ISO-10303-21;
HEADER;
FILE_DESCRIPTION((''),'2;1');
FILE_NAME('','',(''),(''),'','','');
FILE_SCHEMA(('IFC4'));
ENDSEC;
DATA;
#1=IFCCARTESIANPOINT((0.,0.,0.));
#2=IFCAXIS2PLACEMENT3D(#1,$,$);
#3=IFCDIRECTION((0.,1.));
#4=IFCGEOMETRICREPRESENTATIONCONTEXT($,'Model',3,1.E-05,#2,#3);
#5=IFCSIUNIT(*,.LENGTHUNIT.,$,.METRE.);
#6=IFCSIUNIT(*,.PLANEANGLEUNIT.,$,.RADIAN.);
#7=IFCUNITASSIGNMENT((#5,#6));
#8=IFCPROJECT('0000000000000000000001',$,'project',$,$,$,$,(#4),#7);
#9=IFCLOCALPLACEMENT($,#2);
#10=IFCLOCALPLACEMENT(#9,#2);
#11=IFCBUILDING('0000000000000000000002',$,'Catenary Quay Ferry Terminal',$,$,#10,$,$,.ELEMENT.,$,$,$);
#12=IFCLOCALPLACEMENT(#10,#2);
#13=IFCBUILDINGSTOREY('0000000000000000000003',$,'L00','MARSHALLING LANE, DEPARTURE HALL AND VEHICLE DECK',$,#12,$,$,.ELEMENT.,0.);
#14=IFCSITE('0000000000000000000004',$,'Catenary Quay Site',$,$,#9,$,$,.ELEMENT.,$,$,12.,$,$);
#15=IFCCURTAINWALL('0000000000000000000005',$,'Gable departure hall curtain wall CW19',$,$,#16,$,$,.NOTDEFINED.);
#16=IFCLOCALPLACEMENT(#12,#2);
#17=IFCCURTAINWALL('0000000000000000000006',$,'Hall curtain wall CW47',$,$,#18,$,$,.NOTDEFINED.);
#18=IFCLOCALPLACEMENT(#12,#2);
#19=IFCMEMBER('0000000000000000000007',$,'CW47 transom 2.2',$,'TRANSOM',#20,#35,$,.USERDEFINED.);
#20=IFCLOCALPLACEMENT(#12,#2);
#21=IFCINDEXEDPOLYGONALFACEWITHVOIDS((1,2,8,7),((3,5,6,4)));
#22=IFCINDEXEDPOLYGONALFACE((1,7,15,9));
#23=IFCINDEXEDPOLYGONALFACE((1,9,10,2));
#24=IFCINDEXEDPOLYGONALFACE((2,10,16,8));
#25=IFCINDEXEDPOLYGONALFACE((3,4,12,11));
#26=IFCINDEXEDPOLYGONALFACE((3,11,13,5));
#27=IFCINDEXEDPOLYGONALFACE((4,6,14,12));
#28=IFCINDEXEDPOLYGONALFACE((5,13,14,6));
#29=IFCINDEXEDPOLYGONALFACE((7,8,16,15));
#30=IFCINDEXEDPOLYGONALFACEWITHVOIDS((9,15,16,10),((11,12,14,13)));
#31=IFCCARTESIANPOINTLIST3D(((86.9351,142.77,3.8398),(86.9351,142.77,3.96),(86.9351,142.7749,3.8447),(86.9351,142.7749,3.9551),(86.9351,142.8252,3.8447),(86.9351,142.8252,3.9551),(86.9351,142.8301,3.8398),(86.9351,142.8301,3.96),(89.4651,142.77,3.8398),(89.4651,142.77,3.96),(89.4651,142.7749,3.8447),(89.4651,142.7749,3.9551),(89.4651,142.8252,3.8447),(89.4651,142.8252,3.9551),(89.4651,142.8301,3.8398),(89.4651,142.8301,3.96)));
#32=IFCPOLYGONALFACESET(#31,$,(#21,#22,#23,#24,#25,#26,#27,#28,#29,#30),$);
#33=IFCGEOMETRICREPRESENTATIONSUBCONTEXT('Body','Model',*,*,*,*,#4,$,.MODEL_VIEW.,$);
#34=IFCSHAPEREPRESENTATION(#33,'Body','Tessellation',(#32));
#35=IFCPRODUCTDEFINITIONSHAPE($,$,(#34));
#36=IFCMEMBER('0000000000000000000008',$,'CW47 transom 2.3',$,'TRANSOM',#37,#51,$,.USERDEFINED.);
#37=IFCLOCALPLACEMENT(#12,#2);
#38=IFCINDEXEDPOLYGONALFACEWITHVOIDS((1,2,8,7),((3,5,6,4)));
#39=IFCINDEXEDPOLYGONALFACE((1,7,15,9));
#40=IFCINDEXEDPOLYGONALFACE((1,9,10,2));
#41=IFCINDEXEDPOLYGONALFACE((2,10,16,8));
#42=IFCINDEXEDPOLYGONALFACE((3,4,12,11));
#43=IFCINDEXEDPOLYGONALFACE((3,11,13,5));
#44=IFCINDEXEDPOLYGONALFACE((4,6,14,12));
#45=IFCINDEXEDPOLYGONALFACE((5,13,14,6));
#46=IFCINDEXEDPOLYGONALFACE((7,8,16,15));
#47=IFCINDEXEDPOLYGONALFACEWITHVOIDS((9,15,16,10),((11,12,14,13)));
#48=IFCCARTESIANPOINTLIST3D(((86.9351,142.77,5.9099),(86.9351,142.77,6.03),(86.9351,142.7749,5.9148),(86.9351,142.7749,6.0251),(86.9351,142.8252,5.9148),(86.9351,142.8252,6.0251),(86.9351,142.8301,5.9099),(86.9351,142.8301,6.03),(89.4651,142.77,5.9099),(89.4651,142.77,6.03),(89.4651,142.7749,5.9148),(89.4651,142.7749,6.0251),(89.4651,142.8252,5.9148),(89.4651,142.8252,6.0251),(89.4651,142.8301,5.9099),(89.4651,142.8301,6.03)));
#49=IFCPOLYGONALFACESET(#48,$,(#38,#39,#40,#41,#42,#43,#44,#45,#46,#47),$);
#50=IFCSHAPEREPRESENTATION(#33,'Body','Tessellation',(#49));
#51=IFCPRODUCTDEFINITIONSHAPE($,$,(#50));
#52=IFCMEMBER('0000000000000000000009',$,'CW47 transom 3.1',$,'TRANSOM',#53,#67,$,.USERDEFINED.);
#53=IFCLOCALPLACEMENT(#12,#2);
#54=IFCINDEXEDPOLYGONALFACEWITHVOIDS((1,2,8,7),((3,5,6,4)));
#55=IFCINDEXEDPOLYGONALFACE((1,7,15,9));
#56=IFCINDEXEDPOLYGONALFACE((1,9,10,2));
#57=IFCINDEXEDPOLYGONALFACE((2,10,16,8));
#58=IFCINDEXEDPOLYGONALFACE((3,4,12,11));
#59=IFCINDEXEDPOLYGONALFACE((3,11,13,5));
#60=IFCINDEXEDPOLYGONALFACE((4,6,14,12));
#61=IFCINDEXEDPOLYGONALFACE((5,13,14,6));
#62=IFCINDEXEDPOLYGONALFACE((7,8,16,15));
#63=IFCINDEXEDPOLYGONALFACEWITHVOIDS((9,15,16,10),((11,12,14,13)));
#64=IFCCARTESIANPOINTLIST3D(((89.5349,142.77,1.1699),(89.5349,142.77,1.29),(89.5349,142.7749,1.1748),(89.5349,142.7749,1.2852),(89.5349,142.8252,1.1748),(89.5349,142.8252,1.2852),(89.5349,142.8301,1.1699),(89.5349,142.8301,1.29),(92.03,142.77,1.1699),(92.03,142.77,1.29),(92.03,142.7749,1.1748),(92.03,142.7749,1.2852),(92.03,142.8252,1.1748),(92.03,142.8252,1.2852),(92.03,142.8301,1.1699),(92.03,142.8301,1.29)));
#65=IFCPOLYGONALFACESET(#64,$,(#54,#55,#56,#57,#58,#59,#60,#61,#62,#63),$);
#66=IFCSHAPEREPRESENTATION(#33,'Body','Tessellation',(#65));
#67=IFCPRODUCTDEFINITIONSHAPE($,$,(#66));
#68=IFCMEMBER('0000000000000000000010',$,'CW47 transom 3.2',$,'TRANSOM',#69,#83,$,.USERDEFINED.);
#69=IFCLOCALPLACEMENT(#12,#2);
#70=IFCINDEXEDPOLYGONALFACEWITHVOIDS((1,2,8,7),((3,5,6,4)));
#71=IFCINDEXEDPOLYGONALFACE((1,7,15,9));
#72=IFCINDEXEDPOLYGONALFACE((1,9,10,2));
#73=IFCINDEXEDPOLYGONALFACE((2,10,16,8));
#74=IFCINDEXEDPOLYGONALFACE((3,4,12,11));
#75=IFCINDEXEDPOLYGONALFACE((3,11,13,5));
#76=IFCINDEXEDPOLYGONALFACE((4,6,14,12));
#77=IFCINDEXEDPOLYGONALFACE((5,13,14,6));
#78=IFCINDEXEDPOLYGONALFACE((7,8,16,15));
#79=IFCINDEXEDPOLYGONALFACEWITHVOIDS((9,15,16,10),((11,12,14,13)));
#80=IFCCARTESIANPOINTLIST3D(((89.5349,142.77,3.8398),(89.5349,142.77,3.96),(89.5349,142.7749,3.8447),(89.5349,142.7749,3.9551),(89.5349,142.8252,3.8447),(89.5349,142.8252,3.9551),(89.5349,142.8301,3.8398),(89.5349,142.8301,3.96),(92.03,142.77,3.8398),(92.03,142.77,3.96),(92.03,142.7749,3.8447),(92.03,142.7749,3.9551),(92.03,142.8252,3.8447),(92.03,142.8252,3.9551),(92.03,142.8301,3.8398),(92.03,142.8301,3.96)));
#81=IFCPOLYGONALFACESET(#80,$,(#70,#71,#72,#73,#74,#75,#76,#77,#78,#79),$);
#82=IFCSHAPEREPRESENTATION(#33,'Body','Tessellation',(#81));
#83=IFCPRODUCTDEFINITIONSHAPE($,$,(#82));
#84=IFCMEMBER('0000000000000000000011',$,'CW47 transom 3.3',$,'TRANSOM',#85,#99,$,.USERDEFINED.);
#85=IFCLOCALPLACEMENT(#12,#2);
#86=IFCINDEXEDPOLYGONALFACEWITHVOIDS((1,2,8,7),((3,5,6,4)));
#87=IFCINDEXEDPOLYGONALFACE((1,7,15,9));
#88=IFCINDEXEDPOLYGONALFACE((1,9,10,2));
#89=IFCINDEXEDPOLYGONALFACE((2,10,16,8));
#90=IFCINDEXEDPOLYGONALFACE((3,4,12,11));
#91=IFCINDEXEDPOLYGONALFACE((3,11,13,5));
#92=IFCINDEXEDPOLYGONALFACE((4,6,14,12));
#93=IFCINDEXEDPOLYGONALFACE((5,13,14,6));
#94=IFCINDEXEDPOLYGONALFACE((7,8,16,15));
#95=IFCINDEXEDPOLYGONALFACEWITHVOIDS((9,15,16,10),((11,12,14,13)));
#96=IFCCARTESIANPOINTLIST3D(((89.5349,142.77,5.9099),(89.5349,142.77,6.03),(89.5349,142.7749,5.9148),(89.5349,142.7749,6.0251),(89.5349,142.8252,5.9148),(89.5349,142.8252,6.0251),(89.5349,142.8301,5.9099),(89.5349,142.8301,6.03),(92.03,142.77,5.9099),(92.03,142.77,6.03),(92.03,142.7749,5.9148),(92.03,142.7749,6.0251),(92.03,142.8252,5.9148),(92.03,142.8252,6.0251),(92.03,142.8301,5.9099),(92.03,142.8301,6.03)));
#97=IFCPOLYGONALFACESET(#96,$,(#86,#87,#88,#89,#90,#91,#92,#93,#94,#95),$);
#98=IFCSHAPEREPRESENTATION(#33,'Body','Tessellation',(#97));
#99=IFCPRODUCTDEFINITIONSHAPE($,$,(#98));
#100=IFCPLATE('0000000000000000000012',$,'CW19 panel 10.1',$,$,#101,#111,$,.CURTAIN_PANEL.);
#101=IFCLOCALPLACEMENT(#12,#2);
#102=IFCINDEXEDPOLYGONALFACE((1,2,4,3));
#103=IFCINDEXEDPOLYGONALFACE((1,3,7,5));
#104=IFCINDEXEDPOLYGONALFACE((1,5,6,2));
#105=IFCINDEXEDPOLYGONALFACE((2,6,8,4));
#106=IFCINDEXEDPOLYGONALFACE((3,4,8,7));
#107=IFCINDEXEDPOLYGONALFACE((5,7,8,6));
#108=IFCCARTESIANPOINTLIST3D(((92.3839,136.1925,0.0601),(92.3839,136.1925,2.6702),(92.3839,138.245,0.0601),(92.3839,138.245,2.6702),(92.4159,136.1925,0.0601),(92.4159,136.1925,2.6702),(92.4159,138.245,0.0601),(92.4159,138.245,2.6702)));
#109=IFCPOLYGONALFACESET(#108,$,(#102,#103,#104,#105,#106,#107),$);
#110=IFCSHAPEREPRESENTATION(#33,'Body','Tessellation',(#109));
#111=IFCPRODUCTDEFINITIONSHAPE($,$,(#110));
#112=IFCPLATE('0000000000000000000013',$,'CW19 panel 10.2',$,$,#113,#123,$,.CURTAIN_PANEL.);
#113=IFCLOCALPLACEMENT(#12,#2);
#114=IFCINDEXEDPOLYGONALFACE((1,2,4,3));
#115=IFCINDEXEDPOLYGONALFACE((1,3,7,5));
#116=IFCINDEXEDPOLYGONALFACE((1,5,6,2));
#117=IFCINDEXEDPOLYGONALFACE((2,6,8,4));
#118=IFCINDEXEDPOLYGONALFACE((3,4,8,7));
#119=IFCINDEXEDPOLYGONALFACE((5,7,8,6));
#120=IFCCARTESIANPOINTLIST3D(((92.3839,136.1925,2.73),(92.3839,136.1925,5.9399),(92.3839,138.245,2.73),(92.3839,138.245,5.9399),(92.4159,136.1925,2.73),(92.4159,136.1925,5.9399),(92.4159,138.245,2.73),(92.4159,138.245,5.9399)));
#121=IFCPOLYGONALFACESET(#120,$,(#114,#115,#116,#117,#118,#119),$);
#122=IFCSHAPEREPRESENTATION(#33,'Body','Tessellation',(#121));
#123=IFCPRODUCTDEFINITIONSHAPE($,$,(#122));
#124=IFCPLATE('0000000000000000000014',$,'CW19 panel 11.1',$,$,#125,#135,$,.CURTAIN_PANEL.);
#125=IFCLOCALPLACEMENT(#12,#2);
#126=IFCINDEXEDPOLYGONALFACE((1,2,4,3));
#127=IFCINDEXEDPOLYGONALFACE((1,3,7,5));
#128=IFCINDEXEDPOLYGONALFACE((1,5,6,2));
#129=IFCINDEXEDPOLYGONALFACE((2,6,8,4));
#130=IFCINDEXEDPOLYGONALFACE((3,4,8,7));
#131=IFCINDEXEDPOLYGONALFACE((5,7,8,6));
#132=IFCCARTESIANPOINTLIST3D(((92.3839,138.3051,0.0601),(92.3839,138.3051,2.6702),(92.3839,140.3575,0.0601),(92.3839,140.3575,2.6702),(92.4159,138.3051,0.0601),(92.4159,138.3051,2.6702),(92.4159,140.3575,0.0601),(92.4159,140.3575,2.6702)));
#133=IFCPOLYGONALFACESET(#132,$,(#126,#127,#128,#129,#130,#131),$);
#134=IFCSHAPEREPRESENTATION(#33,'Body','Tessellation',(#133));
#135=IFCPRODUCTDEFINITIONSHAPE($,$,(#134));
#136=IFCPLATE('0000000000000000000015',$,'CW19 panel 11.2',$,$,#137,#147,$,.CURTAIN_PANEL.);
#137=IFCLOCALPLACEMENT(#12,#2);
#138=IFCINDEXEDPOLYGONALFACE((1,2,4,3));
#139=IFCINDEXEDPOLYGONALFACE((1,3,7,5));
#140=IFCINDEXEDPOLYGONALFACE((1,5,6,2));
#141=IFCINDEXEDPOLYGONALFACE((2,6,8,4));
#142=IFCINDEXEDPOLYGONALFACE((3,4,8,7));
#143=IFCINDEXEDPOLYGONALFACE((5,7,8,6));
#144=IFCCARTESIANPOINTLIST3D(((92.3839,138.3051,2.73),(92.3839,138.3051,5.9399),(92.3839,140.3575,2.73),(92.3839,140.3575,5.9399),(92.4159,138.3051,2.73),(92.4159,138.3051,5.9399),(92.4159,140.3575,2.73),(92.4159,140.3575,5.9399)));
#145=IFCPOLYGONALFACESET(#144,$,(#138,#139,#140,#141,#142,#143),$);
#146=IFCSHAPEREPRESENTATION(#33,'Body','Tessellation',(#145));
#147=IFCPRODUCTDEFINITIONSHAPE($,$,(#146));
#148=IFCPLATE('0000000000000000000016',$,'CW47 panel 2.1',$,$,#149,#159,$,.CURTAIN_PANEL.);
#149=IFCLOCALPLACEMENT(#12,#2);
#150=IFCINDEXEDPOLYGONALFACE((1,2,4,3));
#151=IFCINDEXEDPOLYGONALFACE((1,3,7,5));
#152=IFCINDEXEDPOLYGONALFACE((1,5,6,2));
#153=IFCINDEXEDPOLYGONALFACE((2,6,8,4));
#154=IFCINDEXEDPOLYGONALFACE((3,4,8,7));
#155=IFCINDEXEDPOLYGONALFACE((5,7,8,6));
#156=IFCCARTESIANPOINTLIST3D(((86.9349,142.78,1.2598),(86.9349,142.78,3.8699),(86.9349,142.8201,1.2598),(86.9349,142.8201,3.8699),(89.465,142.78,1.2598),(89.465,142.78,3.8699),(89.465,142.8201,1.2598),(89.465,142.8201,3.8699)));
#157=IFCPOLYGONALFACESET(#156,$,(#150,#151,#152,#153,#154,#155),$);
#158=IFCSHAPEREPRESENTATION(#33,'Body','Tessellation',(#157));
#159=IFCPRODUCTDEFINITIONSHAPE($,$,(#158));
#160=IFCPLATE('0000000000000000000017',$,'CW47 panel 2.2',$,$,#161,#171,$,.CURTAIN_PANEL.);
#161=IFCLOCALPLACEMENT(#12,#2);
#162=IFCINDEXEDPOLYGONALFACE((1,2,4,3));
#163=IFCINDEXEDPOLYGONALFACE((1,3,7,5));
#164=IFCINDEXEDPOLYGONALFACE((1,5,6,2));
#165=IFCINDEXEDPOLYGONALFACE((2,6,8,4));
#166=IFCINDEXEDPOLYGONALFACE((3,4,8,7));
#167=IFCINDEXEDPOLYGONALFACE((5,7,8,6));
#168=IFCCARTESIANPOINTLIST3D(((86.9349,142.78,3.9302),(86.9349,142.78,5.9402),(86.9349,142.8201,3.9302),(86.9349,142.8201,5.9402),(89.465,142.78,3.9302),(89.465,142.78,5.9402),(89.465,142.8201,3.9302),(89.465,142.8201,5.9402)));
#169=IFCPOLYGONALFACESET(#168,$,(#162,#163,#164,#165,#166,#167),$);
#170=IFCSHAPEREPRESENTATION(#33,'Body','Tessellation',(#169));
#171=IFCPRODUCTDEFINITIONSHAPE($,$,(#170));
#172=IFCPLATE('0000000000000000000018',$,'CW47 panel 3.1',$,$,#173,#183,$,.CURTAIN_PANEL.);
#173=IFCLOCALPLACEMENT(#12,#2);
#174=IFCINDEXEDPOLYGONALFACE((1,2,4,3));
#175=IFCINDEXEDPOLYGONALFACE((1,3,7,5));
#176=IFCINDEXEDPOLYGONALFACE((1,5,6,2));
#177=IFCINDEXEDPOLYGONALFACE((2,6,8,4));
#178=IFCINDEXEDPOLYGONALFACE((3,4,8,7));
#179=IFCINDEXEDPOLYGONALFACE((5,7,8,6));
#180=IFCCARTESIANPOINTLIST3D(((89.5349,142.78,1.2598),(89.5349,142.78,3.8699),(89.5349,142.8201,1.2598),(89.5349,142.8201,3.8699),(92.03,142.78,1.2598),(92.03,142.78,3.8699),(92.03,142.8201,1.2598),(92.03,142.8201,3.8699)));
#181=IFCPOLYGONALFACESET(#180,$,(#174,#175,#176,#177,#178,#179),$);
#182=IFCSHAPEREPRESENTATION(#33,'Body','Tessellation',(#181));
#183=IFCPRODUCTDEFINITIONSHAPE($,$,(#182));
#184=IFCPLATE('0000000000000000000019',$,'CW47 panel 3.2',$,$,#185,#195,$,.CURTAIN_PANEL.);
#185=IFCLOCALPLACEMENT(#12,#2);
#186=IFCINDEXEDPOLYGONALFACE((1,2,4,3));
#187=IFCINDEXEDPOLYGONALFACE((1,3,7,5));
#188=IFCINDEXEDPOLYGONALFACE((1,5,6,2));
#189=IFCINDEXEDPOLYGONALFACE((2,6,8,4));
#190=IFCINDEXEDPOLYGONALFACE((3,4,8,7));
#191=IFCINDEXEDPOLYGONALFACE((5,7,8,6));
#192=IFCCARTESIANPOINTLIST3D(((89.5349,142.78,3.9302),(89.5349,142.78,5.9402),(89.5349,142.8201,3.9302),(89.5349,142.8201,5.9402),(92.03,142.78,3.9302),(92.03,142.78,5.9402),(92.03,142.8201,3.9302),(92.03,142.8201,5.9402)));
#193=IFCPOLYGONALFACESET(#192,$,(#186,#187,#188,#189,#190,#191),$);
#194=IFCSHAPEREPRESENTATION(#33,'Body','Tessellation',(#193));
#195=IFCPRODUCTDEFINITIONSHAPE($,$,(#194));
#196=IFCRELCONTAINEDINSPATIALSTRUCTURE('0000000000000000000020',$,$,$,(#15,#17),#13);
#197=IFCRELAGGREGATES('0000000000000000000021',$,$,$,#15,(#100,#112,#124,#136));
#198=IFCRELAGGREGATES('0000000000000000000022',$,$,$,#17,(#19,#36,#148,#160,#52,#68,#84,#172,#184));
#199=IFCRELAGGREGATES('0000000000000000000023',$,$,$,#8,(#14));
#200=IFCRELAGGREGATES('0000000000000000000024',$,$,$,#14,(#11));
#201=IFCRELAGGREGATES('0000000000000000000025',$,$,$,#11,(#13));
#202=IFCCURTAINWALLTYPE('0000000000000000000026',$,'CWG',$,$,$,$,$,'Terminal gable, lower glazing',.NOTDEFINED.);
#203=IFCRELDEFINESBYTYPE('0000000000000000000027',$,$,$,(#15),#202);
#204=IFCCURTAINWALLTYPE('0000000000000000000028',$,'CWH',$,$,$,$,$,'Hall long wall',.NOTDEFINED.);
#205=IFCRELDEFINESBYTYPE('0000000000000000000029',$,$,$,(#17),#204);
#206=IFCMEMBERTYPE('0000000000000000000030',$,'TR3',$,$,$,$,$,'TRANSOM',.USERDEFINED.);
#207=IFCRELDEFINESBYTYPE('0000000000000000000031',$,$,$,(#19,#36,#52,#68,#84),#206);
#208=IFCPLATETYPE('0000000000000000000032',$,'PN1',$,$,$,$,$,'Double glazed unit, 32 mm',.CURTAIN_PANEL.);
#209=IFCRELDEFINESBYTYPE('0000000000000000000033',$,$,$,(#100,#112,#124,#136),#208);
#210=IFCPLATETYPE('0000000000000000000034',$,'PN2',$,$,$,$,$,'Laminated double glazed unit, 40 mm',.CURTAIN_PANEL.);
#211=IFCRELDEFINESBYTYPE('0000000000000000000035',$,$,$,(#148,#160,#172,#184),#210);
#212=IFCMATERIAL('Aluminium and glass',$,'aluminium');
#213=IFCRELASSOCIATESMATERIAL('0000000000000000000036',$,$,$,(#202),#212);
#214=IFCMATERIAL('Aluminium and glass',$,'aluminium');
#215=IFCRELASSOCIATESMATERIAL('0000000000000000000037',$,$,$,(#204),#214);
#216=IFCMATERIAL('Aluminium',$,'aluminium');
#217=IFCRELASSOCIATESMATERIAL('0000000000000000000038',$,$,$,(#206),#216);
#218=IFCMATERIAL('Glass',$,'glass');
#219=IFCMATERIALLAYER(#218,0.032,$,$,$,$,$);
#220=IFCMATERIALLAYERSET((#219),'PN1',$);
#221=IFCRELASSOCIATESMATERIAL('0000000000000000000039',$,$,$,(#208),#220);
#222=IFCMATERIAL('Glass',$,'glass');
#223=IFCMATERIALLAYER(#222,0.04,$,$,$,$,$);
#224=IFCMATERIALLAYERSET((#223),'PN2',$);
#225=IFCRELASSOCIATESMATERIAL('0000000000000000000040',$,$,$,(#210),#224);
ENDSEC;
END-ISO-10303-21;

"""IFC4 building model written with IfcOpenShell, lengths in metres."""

from ifc_helpers import new_model, si_unit, direction, frame, origin, origin_2d, place, context, subcontext, project, spatial, rectangle, hollow_rectangle, extrude, material, layer, layer_set, material_profile, profile_set, type_object, element, aggregate, save


model = new_model("IFC4")

# Units and contexts
model_context = context("Model", 3, precision=1e-05, world=origin(), true_north=direction((0.0, 1.0)))
body_context = subcontext(model_context, "Body", "Model", "MODEL_VIEW")
ifc_project = project(units=[si_unit("LENGTHUNIT", "METRE"), si_unit("PLANEANGLEUNIT", "RADIAN")], contexts=[model_context])

# Site, building, storey
site_placement = place(None, origin())
site = spatial("IfcSite", under=ifc_project, at=site_placement, Name="Catenary Quay Site", CompositionType="ELEMENT", RefElevation=12.0)
building_placement = place(site_placement, origin())
building = spatial("IfcBuilding", under=site, at=building_placement, Name="Catenary Quay Ferry Terminal", CompositionType="ELEMENT")
storey_placement = place(building_placement, origin())
storey = spatial("IfcBuildingStorey", under=building, at=storey_placement, Name="L00", Description="MARSHALLING LANE, DEPARTURE HALL AND VEHICLE DECK", CompositionType="ELEMENT", Elevation=0.0)

# Curtain walls
ifc_material_1 = material(Name="Aluminium and glass", Category="aluminium")
curtain_wall_type_1 = type_object("IfcCurtainWallType", Name="CWG", ElementType="Terminal gable, lower glazing", PredefinedType="NOTDEFINED", material=ifc_material_1)
curtain_wall_1_placement = place(storey_placement, origin())
curtain_wall_1 = element("IfcCurtainWall", 1, at=curtain_wall_1_placement, inside=storey, type_object=curtain_wall_type_1, Name="Gable departure hall curtain wall CW19", PredefinedType="NOTDEFINED")
ifc_material_2 = material(Name="Aluminium and glass", Category="aluminium")
curtain_wall_type_2 = type_object("IfcCurtainWallType", Name="CWH", ElementType="Hall long wall", PredefinedType="NOTDEFINED", material=ifc_material_2)
curtain_wall_2_placement = place(storey_placement, origin())
curtain_wall_2 = element("IfcCurtainWall", 2, at=curtain_wall_2_placement, inside=storey, type_object=curtain_wall_type_2, Name="Hall curtain wall CW47", PredefinedType="NOTDEFINED")

# Members
ifc_material_3 = material(Name="Aluminium", Category="aluminium")
ifc_material_profile_1 = material_profile(ifc_material_3, hollow_rectangle(XDim=0.0601, YDim=0.1201, WallThickness=0.0049, at=origin_2d()), Name="TR3")
ifc_profile_set_1 = profile_set([ifc_material_profile_1], Name="Aluminium")
member_type_1 = type_object("IfcMemberType", Name="TR3", ElementType="TRANSOM", PredefinedType="USERDEFINED", material=ifc_profile_set_1)
member_1_placement = place(storey_placement, frame((86.9351, 142.8, 3.8999), z_axis=(1.0, 0.0, 0.0), x_axis=(0.0, 1.0, 0.0)))
member_1 = element("IfcMember", 3, at=member_1_placement, type_object=member_type_1, Name="CW47 transom 2.2", ObjectType="TRANSOM", PredefinedType="USERDEFINED", context=body_context, shape_type="SweptSolid", body=[
    extrude(hollow_rectangle(XDim=0.0601, YDim=0.1201, WallThickness=0.0049, at=origin_2d()), origin(), (0.0, 0.0, 1.0), 2.53),
])
member_2_placement = place(storey_placement, frame((86.9351, 142.8, 5.97), z_axis=(1.0, 0.0, 0.0), x_axis=(0.0, 1.0, 0.0)))
member_2 = element("IfcMember", 4, at=member_2_placement, type_object=member_type_1, Name="CW47 transom 2.3", ObjectType="TRANSOM", PredefinedType="USERDEFINED", context=body_context, shape_type="SweptSolid", body=[
    extrude(hollow_rectangle(XDim=0.0601, YDim=0.1201, WallThickness=0.0049, at=origin_2d()), origin(), (0.0, 0.0, 1.0), 2.53),
])
member_3_placement = place(storey_placement, frame((89.5349, 142.8, 1.23), z_axis=(1.0, 0.0, 0.0), x_axis=(0.0, 1.0, 0.0)))
member_3 = element("IfcMember", 5, at=member_3_placement, type_object=member_type_1, Name="CW47 transom 3.1", ObjectType="TRANSOM", PredefinedType="USERDEFINED", context=body_context, shape_type="SweptSolid", body=[
    extrude(hollow_rectangle(XDim=0.0601, YDim=0.1201, WallThickness=0.0049, at=origin_2d()), origin(), (0.0, 0.0, 1.0), 2.4951),
])
member_4_placement = place(storey_placement, frame((89.5349, 142.8, 3.8999), z_axis=(1.0, 0.0, 0.0), x_axis=(0.0, 1.0, 0.0)))
member_4 = element("IfcMember", 6, at=member_4_placement, type_object=member_type_1, Name="CW47 transom 3.2", ObjectType="TRANSOM", PredefinedType="USERDEFINED", context=body_context, shape_type="SweptSolid", body=[
    extrude(hollow_rectangle(XDim=0.0601, YDim=0.1201, WallThickness=0.0049, at=origin_2d()), origin(), (0.0, 0.0, 1.0), 2.4951),
])
member_5_placement = place(storey_placement, frame((89.5349, 142.8, 5.97), z_axis=(1.0, 0.0, 0.0), x_axis=(0.0, 1.0, 0.0)))
member_5 = element("IfcMember", 7, at=member_5_placement, type_object=member_type_1, Name="CW47 transom 3.3", ObjectType="TRANSOM", PredefinedType="USERDEFINED", context=body_context, shape_type="SweptSolid", body=[
    extrude(hollow_rectangle(XDim=0.0601, YDim=0.1201, WallThickness=0.0049, at=origin_2d()), origin(), (0.0, 0.0, 1.0), 2.4951),
])

# Plates
ifc_material_4 = material(Name="Glass", Category="glass")
ifc_layer_1 = layer(ifc_material_4, 0.032)
ifc_layer_set_1 = layer_set([ifc_layer_1], Name="PN1")
plate_type_1 = type_object("IfcPlateType", Name="PN1", ElementType="Double glazed unit, 32 mm", PredefinedType="CURTAIN_PANEL", material=ifc_layer_set_1)
plate_1_placement = place(storey_placement, frame((92.3999, 137.2188, 0.0601), z_axis=(0.0, 0.0, 1.0), x_axis=(0.0, 1.0, 0.0)))
plate_1 = element("IfcPlate", 8, at=plate_1_placement, type_object=plate_type_1, Name="CW19 panel 10.1", PredefinedType="CURTAIN_PANEL", context=body_context, shape_type="SweptSolid", body=[
    extrude(rectangle(XDim=2.0525, YDim=0.032, at=origin_2d()), origin(), (0.0, 0.0, 1.0), 2.6101),
])
plate_2_placement = place(storey_placement, frame((92.3999, 137.2188, 2.73), z_axis=(0.0, 0.0, 1.0), x_axis=(0.0, 1.0, 0.0)))
plate_2 = element("IfcPlate", 9, at=plate_2_placement, type_object=plate_type_1, Name="CW19 panel 10.2", PredefinedType="CURTAIN_PANEL", context=body_context, shape_type="SweptSolid", body=[
    extrude(rectangle(XDim=2.0525, YDim=0.032, at=origin_2d()), origin(), (0.0, 0.0, 1.0), 3.21),
])
plate_3_placement = place(storey_placement, frame((92.3999, 139.3313, 0.0601), z_axis=(0.0, 0.0, 1.0), x_axis=(0.0, 1.0, 0.0)))
plate_3 = element("IfcPlate", 10, at=plate_3_placement, type_object=plate_type_1, Name="CW19 panel 11.1", PredefinedType="CURTAIN_PANEL", context=body_context, shape_type="SweptSolid", body=[
    extrude(rectangle(XDim=2.0525, YDim=0.032, at=origin_2d()), origin(), (0.0, 0.0, 1.0), 2.6101),
])
plate_4_placement = place(storey_placement, frame((92.3999, 139.3313, 2.73), z_axis=(0.0, 0.0, 1.0), x_axis=(0.0, 1.0, 0.0)))
plate_4 = element("IfcPlate", 11, at=plate_4_placement, type_object=plate_type_1, Name="CW19 panel 11.2", PredefinedType="CURTAIN_PANEL", context=body_context, shape_type="SweptSolid", body=[
    extrude(rectangle(XDim=2.0525, YDim=0.032, at=origin_2d()), origin(), (0.0, 0.0, 1.0), 3.21),
])
aggregate(curtain_wall_1, [plate_1, plate_2, plate_3, plate_4])
ifc_material_5 = material(Name="Glass", Category="glass")
ifc_layer_2 = layer(ifc_material_5, 0.04)
ifc_layer_set_2 = layer_set([ifc_layer_2], Name="PN2")
plate_type_2 = type_object("IfcPlateType", Name="PN2", ElementType="Laminated double glazed unit, 40 mm", PredefinedType="CURTAIN_PANEL", material=ifc_layer_set_2)
plate_5_placement = place(storey_placement, frame((88.2, 142.8, 1.2598), z_axis=(0.0, 0.0, 1.0), x_axis=(1.0, 0.0, 0.0)))
plate_5 = element("IfcPlate", 12, at=plate_5_placement, type_object=plate_type_2, Name="CW47 panel 2.1", PredefinedType="CURTAIN_PANEL", context=body_context, shape_type="SweptSolid", body=[
    extrude(rectangle(XDim=2.53, YDim=0.04, at=origin_2d()), origin(), (0.0, 0.0, 1.0), 2.6101),
])
plate_6_placement = place(storey_placement, frame((88.2, 142.8, 3.9302), z_axis=(0.0, 0.0, 1.0), x_axis=(1.0, 0.0, 0.0)))
plate_6 = element("IfcPlate", 13, at=plate_6_placement, type_object=plate_type_2, Name="CW47 panel 2.2", PredefinedType="CURTAIN_PANEL", context=body_context, shape_type="SweptSolid", body=[
    extrude(rectangle(XDim=2.53, YDim=0.04, at=origin_2d()), origin(), (0.0, 0.0, 1.0), 2.01),
])
plate_7_placement = place(storey_placement, frame((90.7825, 142.8, 1.2598), z_axis=(0.0, 0.0, 1.0), x_axis=(1.0, 0.0, 0.0)))
plate_7 = element("IfcPlate", 14, at=plate_7_placement, type_object=plate_type_2, Name="CW47 panel 3.1", PredefinedType="CURTAIN_PANEL", context=body_context, shape_type="SweptSolid", body=[
    extrude(rectangle(XDim=2.4951, YDim=0.04, at=origin_2d()), origin(), (0.0, 0.0, 1.0), 2.6101),
])
plate_8_placement = place(storey_placement, frame((90.7825, 142.8, 3.9302), z_axis=(0.0, 0.0, 1.0), x_axis=(1.0, 0.0, 0.0)))
plate_8 = element("IfcPlate", 15, at=plate_8_placement, type_object=plate_type_2, Name="CW47 panel 3.2", PredefinedType="CURTAIN_PANEL", context=body_context, shape_type="SweptSolid", body=[
    extrude(rectangle(XDim=2.4951, YDim=0.04, at=origin_2d()), origin(), (0.0, 0.0, 1.0), 2.01),
])
aggregate(curtain_wall_2, [member_1, member_2, plate_5, plate_6, member_3, member_4, member_5, plate_7, plate_8])

save(model, "model.ifc")
